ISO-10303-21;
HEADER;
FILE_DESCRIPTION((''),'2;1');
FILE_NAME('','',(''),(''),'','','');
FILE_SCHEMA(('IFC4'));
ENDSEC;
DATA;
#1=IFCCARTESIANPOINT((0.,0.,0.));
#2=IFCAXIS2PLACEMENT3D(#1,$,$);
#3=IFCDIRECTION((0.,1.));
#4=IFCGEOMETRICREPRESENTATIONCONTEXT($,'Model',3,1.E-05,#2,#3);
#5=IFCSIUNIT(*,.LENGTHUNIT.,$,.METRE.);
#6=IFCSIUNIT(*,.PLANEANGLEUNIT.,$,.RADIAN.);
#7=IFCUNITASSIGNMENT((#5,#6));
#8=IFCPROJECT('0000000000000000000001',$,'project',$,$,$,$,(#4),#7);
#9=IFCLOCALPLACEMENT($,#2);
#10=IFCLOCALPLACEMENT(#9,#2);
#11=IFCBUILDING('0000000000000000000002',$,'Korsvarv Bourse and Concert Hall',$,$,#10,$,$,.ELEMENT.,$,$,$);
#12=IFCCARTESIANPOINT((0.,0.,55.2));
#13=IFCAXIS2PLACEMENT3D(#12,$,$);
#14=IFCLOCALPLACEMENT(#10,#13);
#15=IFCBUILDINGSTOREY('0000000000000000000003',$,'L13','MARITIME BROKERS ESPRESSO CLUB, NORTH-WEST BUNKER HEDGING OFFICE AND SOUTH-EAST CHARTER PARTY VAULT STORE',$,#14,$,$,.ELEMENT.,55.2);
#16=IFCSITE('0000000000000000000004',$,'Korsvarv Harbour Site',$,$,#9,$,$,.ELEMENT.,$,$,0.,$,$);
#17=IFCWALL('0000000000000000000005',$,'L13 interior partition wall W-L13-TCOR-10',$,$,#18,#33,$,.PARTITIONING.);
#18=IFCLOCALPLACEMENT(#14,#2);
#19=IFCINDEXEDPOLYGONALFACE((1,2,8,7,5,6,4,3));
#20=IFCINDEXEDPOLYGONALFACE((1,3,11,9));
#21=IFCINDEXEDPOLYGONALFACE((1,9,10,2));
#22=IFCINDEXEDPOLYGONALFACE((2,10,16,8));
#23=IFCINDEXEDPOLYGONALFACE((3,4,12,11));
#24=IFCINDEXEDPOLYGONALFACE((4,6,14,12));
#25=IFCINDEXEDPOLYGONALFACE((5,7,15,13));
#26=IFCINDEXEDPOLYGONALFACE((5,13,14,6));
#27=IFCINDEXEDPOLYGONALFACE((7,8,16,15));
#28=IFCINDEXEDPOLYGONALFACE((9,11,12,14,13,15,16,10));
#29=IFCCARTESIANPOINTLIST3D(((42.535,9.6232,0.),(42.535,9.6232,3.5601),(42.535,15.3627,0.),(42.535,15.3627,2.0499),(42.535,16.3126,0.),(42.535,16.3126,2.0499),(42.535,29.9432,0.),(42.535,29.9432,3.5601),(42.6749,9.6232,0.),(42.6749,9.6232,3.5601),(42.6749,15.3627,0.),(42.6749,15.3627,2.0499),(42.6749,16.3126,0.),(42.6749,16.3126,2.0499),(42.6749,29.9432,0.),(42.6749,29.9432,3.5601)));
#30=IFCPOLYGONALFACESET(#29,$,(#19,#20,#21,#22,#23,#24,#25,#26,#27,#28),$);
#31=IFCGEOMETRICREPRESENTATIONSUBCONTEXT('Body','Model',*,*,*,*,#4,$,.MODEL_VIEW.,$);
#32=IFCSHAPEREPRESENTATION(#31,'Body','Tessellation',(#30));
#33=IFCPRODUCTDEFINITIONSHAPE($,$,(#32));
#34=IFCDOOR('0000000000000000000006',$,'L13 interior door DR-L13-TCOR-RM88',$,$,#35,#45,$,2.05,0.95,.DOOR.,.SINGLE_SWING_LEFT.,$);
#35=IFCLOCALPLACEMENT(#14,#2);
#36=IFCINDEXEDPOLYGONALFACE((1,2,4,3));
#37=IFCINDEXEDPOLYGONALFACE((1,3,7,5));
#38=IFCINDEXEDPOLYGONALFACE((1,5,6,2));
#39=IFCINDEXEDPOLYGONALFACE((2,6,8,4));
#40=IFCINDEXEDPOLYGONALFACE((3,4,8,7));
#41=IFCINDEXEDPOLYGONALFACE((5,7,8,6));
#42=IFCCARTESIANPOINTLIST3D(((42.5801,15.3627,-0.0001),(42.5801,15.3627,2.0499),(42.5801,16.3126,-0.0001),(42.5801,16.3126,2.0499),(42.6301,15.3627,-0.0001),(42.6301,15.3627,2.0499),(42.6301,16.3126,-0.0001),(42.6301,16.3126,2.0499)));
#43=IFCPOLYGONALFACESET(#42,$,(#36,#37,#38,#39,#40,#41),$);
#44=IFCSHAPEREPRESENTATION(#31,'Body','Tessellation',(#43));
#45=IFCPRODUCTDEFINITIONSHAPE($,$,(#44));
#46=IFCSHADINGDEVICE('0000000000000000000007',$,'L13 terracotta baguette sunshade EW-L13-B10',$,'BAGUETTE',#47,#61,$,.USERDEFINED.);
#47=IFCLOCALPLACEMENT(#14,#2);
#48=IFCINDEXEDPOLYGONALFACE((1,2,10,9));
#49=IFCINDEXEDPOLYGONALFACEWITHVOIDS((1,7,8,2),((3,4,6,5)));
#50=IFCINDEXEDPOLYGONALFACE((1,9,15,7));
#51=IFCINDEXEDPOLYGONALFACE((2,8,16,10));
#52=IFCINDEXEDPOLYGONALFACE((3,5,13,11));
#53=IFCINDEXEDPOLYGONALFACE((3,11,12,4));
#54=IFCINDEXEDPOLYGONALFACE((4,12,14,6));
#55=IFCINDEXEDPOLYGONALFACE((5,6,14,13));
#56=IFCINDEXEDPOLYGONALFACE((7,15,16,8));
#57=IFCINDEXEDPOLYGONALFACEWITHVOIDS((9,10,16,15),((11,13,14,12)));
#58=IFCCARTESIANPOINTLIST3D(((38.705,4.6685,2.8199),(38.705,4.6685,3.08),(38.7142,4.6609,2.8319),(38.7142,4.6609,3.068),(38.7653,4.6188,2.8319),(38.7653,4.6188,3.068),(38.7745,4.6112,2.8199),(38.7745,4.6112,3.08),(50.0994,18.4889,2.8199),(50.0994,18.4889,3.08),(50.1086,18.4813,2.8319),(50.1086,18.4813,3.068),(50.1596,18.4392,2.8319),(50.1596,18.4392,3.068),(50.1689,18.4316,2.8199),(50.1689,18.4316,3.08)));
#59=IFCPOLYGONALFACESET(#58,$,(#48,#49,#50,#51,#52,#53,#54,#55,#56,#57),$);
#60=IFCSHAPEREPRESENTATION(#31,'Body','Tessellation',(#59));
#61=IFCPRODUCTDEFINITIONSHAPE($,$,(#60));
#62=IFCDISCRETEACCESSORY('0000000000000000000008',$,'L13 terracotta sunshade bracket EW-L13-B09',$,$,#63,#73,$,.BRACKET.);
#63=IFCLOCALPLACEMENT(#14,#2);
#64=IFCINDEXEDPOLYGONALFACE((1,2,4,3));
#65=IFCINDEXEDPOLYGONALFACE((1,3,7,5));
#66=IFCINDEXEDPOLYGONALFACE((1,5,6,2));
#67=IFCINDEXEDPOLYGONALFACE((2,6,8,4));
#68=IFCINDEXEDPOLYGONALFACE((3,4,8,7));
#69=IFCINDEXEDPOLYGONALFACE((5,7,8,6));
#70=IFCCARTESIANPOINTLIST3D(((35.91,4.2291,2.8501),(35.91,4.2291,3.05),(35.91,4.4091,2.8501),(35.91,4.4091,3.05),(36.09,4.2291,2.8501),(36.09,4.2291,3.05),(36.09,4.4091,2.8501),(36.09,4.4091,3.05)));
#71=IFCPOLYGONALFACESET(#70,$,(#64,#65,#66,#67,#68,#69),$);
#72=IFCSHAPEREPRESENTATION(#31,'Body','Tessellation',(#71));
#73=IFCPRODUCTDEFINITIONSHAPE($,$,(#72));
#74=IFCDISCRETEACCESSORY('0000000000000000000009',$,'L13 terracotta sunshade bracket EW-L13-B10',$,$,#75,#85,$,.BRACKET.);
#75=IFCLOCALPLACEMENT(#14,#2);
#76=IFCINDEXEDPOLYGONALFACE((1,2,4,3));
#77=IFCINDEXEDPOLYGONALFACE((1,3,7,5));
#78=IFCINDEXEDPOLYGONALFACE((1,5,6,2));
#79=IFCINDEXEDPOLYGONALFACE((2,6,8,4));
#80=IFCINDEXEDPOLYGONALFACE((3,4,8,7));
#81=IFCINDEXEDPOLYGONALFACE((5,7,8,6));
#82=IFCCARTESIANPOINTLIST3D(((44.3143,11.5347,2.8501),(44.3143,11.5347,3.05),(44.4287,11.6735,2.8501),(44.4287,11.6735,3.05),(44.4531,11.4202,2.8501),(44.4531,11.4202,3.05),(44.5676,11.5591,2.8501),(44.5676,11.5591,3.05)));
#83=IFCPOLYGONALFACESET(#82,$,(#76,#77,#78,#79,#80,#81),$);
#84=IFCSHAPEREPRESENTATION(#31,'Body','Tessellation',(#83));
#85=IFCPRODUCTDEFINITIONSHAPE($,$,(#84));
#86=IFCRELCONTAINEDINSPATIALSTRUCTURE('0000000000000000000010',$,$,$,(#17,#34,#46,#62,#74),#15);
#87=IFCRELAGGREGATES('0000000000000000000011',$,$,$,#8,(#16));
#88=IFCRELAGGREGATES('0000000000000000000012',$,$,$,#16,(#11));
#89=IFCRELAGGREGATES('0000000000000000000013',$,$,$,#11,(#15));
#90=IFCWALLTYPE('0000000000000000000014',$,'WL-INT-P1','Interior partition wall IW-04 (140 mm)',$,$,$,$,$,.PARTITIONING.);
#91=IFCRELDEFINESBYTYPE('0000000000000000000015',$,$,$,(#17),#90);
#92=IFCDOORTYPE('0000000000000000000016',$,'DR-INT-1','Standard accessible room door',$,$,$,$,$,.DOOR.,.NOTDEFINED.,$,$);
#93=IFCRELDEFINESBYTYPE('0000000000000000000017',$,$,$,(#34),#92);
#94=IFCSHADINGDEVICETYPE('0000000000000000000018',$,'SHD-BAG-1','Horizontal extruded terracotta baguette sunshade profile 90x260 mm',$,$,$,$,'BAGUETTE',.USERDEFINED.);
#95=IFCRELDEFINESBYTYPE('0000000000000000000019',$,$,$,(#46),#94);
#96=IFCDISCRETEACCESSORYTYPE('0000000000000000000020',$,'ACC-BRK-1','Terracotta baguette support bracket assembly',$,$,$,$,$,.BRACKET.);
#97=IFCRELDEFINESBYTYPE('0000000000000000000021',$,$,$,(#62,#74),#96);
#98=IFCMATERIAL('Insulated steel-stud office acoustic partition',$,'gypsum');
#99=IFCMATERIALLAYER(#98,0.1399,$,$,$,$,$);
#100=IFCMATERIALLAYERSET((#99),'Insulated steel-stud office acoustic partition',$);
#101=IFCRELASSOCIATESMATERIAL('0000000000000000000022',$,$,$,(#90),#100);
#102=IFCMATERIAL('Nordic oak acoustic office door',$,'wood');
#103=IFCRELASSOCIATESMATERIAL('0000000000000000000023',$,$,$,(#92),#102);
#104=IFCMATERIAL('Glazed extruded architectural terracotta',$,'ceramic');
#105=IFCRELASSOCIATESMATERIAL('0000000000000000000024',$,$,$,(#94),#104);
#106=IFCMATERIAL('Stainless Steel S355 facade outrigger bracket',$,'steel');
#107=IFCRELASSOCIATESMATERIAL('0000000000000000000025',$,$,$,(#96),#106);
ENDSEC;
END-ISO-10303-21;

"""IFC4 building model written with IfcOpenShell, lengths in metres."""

from ifc_helpers import new_model, si_unit, direction, frame, frame_2d, origin, origin_2d, place, context, subcontext, project, spatial, rectangle, hollow_rectangle, extrude, source, transform, mapped, material, layer, layer_set, material_profile, profile_set, type_object, element, fill, save


model = new_model("IFC4")

# Units and contexts
model_context = context("Model", 3, precision=1e-05, world=origin(), true_north=direction((0.0, 1.0)))
body_context = subcontext(model_context, "Body", "Model", "MODEL_VIEW")
ifc_project = project(units=[si_unit("LENGTHUNIT", "METRE"), si_unit("PLANEANGLEUNIT", "RADIAN")], contexts=[model_context])

# Site, building, storey
site_placement = place(None, origin())
site = spatial("IfcSite", under=ifc_project, at=site_placement, Name="Korsvarv Harbour Site", CompositionType="ELEMENT", RefElevation=0.0)
building_placement = place(site_placement, origin())
building = spatial("IfcBuilding", under=site, at=building_placement, Name="Korsvarv Bourse and Concert Hall", CompositionType="ELEMENT")
storey_placement = place(building_placement, frame((0.0, 0.0, 55.2)))
storey = spatial("IfcBuildingStorey", under=building, at=storey_placement, Name="L13", Description="MARITIME BROKERS ESPRESSO CLUB, NORTH-WEST BUNKER HEDGING OFFICE AND SOUTH-EAST CHARTER PARTY VAULT STORE", CompositionType="ELEMENT", Elevation=55.2)

# Wall, opening, door
ifc_material_1 = material(Name="Insulated steel-stud office acoustic partition", Category="gypsum")
ifc_layer_1 = layer(ifc_material_1, 0.1399)
ifc_layer_set_1 = layer_set([ifc_layer_1], Name="Insulated steel-stud office acoustic partition")
wall_type_1 = type_object("IfcWallType", Name="WL-INT-P1", Description="Interior partition wall IW-04 (140 mm)", PredefinedType="PARTITIONING", material=ifc_layer_set_1)
wall_1_placement = place(storey_placement, frame((42.605, 9.623, 0.0), z_axis=(0.0, 0.0, 1.0), x_axis=(0.0, 1.0, 0.0)))
wall_1 = element("IfcWall", 1, at=wall_1_placement, inside=storey, type_object=wall_type_1, Name="L13 interior partition wall W-L13-TCOR-10", PredefinedType="PARTITIONING", context=body_context, shape_type="SweptSolid", body=[
    extrude(rectangle(XDim=20.3201, YDim=0.1399, at=frame_2d((10.1602, 0.0))), origin(), (0.0, 0.0, 1.0), 3.5601),
])
opening_placement = place(wall_1_placement, frame((5.7395, 0.0, 0.0)))
opening = element("IfcOpeningElement", 2, at=opening_placement, cuts=wall_1, PredefinedType="OPENING", context=body_context, shape_type="SweptSolid", body=[
    extrude(rectangle(XDim=0.95, YDim=2.05, at=frame_2d((0.4751, 1.0249))), frame((0.0, 0.0801, 0.0), z_axis=(0.0, -1.0, 0.0), x_axis=(1.0, 0.0, 0.0)), (0.0, 0.0, 1.0), 0.1599),
])
ifc_material_2 = material(Name="Nordic oak acoustic office door", Category="wood")
door_type = type_object("IfcDoorType", Name="DR-INT-1", Description="Standard accessible room door", OperationType="NOTDEFINED", PredefinedType="DOOR", material=ifc_material_2)
door_placement = place(opening_placement, origin())
door = element("IfcDoor", 3, at=door_placement, inside=storey, type_object=door_type, Name="L13 interior door DR-L13-TCOR-RM88", OperationType="SINGLE_SWING_LEFT", OverallHeight=2.05, OverallWidth=0.95, PredefinedType="DOOR", context=body_context, shape_type="SweptSolid", body=[
    extrude(rectangle(XDim=0.95, YDim=2.05, at=frame_2d((0.4751, 1.0249))), frame((0.0, 0.0249, 0.0), z_axis=(0.0, -1.0, 0.0), x_axis=(1.0, 0.0, 0.0)), (0.0, 0.0, 1.0), 0.05),
])
fill(opening, door)

# Shading device
ifc_material_3 = material(Name="Glazed extruded architectural terracotta", Category="ceramic")
ifc_material_profile_1 = material_profile(ifc_material_3, hollow_rectangle(XDim=0.0901, YDim=0.26, WallThickness=0.012, at=origin_2d()), Name="TC-BAG 90x260")
ifc_profile_set_1 = profile_set([ifc_material_profile_1], Name="Glazed extruded architectural terracotta")
shading_device_type = type_object("IfcShadingDeviceType", Name="SHD-BAG-1", Description="Horizontal extruded terracotta baguette sunshade profile 90x260 mm", ElementType="BAGUETTE", PredefinedType="USERDEFINED", material=ifc_profile_set_1)
shared_shape_1 = source(origin(), body_context, "Body", "SweptSolid", [
    extrude(hollow_rectangle(XDim=0.0901, YDim=0.26, WallThickness=0.012, at=origin_2d()), origin(), (0.0, 0.0, 1.0), 17.9119),
])
shading_device_placement = place(storey_placement, frame((38.7397, 4.6399, 2.95), z_axis=(0.636135, 0.771578, 0.0), x_axis=(-0.771578, 0.636135, 0.0)))
element("IfcShadingDevice", 4, at=shading_device_placement, inside=storey, type_object=shading_device_type, Name="L13 terracotta baguette sunshade EW-L13-B10", ObjectType="BAGUETTE", PredefinedType="USERDEFINED", context=body_context, shape_type="MappedRepresentation", body=[
    mapped(shared_shape_1, transform((0.0, 0.0, 0.0), scale=1.0)),
])

# Discrete accessories
ifc_material_4 = material(Name="Stainless Steel S355 facade outrigger bracket", Category="steel")
discrete_accessory_type = type_object("IfcDiscreteAccessoryType", Name="ACC-BRK-1", Description="Terracotta baguette support bracket assembly", PredefinedType="BRACKET", material=ifc_material_4)
shared_shape_2 = source(origin(), body_context, "Body", "SweptSolid", [
    extrude(rectangle(XDim=0.1799, YDim=0.1799, at=origin_2d()), origin(), (0.0, 0.0, 1.0), 0.2),
])
for number, where, z_axis, x_axis, name in (
    (5, (36.0, 4.3191, 2.8501), (0.0, 0.0, 1.0), (1.0, 0.0, 0.0), "L13 terracotta sunshade bracket EW-L13-B09"),
    (6, (44.4409, 11.5469, 2.8501), (0.0, 0.0, 1.0), (0.636078, 0.771625, 0.0), "L13 terracotta sunshade bracket EW-L13-B10"),
):
    element("IfcDiscreteAccessory", number, at=place(storey_placement, frame(where, z_axis=z_axis, x_axis=x_axis)), inside=storey, type_object=discrete_accessory_type, Name=name, PredefinedType="BRACKET", context=body_context, shape_type="MappedRepresentation", body=[
        mapped(shared_shape_2, transform((0.0, 0.0, 0.0), scale=1.0)),
    ])

save(model, "model.ifc")
